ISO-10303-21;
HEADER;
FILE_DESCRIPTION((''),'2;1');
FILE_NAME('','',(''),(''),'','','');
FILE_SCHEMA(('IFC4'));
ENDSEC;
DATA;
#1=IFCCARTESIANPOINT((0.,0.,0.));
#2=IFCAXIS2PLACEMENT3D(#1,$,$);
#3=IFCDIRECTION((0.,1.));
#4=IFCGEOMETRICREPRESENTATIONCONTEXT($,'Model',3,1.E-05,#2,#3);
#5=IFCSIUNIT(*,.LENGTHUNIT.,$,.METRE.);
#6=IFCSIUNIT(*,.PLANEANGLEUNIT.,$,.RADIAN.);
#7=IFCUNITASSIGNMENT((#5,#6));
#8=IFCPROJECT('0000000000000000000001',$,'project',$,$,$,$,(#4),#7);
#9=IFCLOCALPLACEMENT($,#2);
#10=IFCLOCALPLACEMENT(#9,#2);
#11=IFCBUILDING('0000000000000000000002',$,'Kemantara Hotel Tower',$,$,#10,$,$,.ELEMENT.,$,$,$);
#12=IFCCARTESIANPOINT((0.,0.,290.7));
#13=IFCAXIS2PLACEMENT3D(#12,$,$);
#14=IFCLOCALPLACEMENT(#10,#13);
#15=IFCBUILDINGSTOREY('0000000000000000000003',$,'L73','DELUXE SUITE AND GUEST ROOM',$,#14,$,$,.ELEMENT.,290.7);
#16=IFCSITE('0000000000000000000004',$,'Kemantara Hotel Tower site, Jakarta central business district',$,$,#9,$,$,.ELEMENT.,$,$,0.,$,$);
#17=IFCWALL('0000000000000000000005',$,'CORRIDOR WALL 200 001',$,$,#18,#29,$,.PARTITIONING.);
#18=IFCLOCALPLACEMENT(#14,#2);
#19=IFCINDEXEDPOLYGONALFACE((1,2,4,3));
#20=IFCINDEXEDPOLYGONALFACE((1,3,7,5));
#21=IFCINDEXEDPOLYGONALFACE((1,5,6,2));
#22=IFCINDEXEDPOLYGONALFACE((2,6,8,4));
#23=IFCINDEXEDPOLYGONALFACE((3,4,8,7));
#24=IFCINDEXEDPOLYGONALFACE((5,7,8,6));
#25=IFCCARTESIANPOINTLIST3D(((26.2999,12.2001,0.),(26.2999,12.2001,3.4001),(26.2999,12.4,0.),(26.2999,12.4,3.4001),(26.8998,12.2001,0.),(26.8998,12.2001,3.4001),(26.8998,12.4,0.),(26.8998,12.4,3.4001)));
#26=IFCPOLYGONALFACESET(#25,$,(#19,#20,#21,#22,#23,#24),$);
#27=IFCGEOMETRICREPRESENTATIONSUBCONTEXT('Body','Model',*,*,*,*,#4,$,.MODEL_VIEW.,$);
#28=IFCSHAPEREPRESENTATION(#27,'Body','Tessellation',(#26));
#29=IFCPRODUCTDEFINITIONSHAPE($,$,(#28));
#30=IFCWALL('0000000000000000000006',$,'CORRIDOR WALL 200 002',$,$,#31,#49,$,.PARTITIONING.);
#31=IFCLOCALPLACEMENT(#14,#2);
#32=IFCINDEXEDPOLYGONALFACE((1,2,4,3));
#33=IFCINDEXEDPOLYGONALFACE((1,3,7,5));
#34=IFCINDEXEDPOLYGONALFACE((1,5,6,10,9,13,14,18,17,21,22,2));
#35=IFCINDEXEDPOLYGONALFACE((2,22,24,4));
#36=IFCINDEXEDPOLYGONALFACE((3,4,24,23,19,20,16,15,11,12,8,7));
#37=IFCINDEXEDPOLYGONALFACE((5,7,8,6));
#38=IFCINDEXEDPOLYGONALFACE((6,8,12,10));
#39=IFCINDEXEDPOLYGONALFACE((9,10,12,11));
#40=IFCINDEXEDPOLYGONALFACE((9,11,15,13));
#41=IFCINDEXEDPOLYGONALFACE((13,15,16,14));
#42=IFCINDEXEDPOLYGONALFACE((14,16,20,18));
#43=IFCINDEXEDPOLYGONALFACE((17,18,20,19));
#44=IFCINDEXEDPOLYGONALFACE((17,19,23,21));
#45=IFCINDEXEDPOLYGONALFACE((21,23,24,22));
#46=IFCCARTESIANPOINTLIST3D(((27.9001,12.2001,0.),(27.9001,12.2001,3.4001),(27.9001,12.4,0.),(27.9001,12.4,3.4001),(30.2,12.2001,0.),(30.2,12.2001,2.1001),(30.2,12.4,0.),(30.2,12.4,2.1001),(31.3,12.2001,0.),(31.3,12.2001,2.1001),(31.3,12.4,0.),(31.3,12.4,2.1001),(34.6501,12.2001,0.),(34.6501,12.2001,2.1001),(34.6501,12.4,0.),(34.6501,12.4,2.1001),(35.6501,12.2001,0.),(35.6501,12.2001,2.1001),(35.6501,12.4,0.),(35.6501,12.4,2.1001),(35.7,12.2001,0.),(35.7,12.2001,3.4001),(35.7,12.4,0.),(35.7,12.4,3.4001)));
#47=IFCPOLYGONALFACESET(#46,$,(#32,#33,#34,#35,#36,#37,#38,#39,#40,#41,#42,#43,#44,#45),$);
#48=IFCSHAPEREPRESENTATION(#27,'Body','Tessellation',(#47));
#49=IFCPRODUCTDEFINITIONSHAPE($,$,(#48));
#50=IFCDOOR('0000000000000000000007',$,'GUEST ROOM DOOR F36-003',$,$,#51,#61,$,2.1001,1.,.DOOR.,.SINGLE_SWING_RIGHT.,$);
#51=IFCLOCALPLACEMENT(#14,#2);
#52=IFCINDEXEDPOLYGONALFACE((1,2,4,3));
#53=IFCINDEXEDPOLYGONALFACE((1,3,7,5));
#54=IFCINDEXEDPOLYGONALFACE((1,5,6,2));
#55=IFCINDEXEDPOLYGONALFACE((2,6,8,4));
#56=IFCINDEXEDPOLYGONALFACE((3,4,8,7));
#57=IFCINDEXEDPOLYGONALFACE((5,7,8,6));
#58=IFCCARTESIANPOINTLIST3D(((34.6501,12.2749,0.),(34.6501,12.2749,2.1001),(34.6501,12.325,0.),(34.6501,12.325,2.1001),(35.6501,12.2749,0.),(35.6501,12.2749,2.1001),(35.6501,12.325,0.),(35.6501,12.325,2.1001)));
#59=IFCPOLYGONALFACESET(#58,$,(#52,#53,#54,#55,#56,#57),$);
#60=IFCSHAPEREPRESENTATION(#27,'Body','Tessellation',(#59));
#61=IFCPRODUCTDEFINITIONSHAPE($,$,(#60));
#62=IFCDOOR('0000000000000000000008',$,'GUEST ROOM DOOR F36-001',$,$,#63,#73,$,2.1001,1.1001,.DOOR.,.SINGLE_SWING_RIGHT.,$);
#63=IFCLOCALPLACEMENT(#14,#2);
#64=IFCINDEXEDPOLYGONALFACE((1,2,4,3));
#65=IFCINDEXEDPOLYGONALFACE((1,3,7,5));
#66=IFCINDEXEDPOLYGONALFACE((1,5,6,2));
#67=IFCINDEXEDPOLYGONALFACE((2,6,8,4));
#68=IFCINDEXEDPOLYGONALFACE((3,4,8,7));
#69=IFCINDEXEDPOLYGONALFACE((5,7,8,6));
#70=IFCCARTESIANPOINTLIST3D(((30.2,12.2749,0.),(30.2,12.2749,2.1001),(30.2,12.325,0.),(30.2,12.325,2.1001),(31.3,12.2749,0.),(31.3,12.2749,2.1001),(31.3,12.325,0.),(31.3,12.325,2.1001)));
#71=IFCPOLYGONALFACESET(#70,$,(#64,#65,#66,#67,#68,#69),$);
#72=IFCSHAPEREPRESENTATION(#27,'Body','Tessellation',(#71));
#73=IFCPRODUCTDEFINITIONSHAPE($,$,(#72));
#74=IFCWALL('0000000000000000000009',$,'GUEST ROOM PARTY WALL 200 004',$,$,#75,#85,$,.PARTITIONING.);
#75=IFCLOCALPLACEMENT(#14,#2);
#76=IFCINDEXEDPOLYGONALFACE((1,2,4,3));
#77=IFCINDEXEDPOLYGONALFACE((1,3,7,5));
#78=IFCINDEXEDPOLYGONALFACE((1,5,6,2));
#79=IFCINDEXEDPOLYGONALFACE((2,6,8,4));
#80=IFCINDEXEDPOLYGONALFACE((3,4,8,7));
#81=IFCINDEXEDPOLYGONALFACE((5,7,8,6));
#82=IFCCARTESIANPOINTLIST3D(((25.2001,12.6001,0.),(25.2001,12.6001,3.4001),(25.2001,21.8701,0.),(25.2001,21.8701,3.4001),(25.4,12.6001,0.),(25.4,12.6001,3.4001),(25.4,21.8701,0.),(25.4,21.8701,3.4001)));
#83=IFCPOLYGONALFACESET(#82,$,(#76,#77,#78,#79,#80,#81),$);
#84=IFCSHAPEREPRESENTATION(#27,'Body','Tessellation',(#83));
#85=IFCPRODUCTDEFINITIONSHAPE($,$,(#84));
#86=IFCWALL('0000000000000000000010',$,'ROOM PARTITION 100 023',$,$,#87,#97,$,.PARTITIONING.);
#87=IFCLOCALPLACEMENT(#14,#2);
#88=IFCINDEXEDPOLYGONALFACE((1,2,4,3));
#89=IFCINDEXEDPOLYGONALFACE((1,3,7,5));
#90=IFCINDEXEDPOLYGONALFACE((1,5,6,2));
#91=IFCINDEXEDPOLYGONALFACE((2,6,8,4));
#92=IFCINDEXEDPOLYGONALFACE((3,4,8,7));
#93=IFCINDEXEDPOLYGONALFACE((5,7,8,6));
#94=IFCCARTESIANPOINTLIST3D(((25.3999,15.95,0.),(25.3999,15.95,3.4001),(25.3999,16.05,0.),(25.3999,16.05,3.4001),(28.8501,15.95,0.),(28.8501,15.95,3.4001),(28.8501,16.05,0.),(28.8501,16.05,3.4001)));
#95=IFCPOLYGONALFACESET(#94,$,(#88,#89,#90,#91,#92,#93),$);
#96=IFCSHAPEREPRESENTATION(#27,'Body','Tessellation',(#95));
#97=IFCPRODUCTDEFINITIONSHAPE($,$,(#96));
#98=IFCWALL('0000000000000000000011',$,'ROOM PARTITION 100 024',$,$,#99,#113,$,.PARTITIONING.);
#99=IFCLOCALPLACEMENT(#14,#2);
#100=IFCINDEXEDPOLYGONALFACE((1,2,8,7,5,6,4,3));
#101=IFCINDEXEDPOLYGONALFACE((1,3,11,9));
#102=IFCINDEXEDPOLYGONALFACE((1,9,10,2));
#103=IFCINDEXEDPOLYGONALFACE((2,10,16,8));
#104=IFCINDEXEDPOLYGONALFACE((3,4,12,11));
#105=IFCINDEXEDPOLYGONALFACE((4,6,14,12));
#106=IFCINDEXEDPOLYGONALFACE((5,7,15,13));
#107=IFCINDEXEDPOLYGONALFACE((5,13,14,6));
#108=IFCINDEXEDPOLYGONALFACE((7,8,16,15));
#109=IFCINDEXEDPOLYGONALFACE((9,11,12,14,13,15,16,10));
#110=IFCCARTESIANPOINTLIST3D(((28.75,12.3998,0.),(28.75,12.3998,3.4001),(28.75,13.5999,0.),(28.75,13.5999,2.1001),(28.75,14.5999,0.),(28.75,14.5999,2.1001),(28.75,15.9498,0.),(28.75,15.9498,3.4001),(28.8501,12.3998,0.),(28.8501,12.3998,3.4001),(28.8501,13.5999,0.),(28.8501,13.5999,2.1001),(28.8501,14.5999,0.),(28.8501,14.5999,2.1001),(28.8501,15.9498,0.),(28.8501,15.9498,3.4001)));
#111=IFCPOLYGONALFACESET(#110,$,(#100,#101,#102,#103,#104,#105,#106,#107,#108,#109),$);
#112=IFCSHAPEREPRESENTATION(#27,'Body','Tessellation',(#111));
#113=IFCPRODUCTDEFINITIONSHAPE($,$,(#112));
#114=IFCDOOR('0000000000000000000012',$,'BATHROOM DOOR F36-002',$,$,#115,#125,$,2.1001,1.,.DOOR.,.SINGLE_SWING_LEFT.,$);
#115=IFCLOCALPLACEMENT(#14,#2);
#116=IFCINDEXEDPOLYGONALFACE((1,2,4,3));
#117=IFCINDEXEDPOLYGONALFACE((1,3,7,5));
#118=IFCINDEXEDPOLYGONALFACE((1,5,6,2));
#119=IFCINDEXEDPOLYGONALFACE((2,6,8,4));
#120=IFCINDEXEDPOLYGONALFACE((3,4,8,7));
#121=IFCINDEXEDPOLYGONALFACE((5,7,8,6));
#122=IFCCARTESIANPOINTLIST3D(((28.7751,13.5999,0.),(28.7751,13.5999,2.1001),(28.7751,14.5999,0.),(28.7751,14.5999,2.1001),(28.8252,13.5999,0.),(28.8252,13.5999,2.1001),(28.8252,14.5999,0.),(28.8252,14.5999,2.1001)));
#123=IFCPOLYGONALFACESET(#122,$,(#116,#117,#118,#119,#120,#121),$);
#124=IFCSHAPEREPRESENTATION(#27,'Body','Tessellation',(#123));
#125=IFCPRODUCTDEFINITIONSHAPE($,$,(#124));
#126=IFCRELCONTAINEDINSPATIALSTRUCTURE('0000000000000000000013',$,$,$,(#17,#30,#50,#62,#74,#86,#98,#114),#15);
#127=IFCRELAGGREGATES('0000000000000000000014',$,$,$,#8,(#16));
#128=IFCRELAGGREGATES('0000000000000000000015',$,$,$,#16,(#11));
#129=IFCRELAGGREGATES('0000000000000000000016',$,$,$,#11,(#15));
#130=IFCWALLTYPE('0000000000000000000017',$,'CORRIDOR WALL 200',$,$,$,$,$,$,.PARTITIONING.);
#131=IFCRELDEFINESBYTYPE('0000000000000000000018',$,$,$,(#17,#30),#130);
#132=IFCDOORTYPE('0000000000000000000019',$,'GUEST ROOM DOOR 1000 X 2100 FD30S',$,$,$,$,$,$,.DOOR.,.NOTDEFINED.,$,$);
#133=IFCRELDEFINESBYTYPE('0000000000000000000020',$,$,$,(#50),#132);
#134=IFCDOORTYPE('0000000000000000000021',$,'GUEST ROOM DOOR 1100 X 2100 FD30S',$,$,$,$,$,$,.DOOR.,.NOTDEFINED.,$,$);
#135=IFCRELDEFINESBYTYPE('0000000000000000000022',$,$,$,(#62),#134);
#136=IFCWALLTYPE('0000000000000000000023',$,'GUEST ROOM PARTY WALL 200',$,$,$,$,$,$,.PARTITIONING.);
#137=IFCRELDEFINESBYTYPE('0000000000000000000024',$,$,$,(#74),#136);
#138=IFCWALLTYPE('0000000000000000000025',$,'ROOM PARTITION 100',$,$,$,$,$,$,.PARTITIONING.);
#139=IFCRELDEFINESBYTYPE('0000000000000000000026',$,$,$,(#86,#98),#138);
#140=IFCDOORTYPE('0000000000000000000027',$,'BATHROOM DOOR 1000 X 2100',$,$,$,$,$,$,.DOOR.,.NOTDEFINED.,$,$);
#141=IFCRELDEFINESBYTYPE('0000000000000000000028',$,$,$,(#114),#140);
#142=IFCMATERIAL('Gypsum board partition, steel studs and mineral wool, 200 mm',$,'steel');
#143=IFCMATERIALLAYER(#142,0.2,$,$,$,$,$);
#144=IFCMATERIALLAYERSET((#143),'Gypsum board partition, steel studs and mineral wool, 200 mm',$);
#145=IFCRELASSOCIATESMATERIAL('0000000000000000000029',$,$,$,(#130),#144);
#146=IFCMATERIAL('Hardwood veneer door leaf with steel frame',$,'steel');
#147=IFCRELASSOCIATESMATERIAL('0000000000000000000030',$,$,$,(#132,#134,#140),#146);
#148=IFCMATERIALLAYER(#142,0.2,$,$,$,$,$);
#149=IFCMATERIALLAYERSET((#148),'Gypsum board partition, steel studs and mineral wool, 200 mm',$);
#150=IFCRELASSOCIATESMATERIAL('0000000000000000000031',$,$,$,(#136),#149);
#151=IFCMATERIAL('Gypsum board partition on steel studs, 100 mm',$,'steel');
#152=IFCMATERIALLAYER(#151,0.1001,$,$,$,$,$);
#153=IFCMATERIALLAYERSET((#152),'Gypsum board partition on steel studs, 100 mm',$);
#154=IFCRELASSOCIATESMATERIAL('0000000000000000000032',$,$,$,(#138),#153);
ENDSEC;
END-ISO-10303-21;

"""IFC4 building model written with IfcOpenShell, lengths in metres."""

from ifc_helpers import new_model, si_unit, direction, frame, frame_2d, origin, place, context, subcontext, project, spatial, rectangle, extrude, material, layer, layer_set, type_object, element, fill, save


model = new_model("IFC4")

# Units and contexts
model_context = context("Model", 3, precision=1e-05, world=origin(), true_north=direction((0.0, 1.0)))
body_context = subcontext(model_context, "Body", "Model", "MODEL_VIEW")
ifc_project = project(units=[si_unit("LENGTHUNIT", "METRE"), si_unit("PLANEANGLEUNIT", "RADIAN")], contexts=[model_context])

# Site, building, storey
site_placement = place(None, origin())
site = spatial("IfcSite", under=ifc_project, at=site_placement, Name="Kemantara Hotel Tower site, Jakarta central business district", CompositionType="ELEMENT", RefElevation=0.0)
building_placement = place(site_placement, origin())
building = spatial("IfcBuilding", under=site, at=building_placement, Name="Kemantara Hotel Tower", CompositionType="ELEMENT")
storey_placement = place(building_placement, frame((0.0, 0.0, 290.7)))
storey = spatial("IfcBuildingStorey", under=building, at=storey_placement, Name="L73", Description="DELUXE SUITE AND GUEST ROOM", CompositionType="ELEMENT", Elevation=290.7)

# Wall
ifc_material_1 = material(Name="Gypsum board partition, steel studs and mineral wool, 200 mm", Category="steel")
ifc_layer_1 = layer(ifc_material_1, 0.2)
ifc_layer_set_1 = layer_set([ifc_layer_1], Name="Gypsum board partition, steel studs and mineral wool, 200 mm")
wall_type_1 = type_object("IfcWallType", Name="CORRIDOR WALL 200", PredefinedType="PARTITIONING", material=ifc_layer_set_1)
wall_1_placement = place(storey_placement, frame((26.3, 12.3, 0.0), z_axis=(0.0, 0.0, 1.0), x_axis=(1.0, 0.0, 0.0)))
element("IfcWall", 1, at=wall_1_placement, inside=storey, type_object=wall_type_1, Name="CORRIDOR WALL 200 001", PredefinedType="PARTITIONING", context=body_context, shape_type="SweptSolid", body=[
    extrude(rectangle(XDim=0.5999, YDim=0.2, at=frame_2d((0.2998, 0.0))), origin(), (0.0, 0.0, 1.0), 3.4001),
])

# Wall, openings, doors
wall_2_placement = place(storey_placement, frame((27.9001, 12.3, 0.0), z_axis=(0.0, 0.0, 1.0), x_axis=(1.0, 0.0, 0.0)))
wall_2 = element("IfcWall", 2, at=wall_2_placement, inside=storey, type_object=wall_type_1, Name="CORRIDOR WALL 200 002", PredefinedType="PARTITIONING", context=body_context, shape_type="SweptSolid", body=[
    extrude(rectangle(XDim=7.7998, YDim=0.2, at=frame_2d((3.8999, 0.0))), origin(), (0.0, 0.0, 1.0), 3.4001),
])
opening_1_placement = place(wall_2_placement, frame((2.2998, 0.0, 0.0)))
opening_1 = element("IfcOpeningElement", 3, at=opening_1_placement, cuts=wall_2, PredefinedType="OPENING", context=body_context, shape_type="SweptSolid", body=[
    extrude(rectangle(XDim=1.1001, YDim=2.1001, at=frame_2d((0.55, 1.05))), frame((0.0, 0.1099, 0.0), z_axis=(0.0, -1.0, 0.0), x_axis=(1.0, 0.0, 0.0)), (0.0, 0.0, 1.0), 0.22),
])
opening_2_placement = place(wall_2_placement, frame((6.75, 0.0, 0.0)))
opening_2 = element("IfcOpeningElement", 4, at=opening_2_placement, cuts=wall_2, PredefinedType="OPENING", context=body_context, shape_type="SweptSolid", body=[
    extrude(rectangle(XDim=1.0, YDim=2.1001, at=frame_2d((0.5, 1.05))), frame((0.0, 0.1099, 0.0), z_axis=(0.0, -1.0, 0.0), x_axis=(1.0, 0.0, 0.0)), (0.0, 0.0, 1.0), 0.22),
])
ifc_material_2 = material(Name="Hardwood veneer door leaf with steel frame", Category="steel")
door_type_1 = type_object("IfcDoorType", Name="GUEST ROOM DOOR 1000 X 2100 FD30S", OperationType="NOTDEFINED", PredefinedType="DOOR", material=ifc_material_2)
door_1_placement = place(opening_2_placement, origin())
door_1 = element("IfcDoor", 5, at=door_1_placement, inside=storey, type_object=door_type_1, Name="GUEST ROOM DOOR F36-003", OperationType="SINGLE_SWING_RIGHT", OverallHeight=2.1001, OverallWidth=1.0, PredefinedType="DOOR", context=body_context, shape_type="SweptSolid", body=[
    extrude(rectangle(XDim=1.0, YDim=2.1001, at=frame_2d((0.5, 1.05))), frame((0.0, 0.0249, 0.0), z_axis=(0.0, -1.0, 0.0), x_axis=(1.0, 0.0, 0.0)), (0.0, 0.0, 1.0), 0.05),
])
fill(opening_2, door_1)
door_type_2 = type_object("IfcDoorType", Name="GUEST ROOM DOOR 1100 X 2100 FD30S", OperationType="NOTDEFINED", PredefinedType="DOOR", material=ifc_material_2)
door_2_placement = place(opening_1_placement, origin())
door_2 = element("IfcDoor", 6, at=door_2_placement, inside=storey, type_object=door_type_2, Name="GUEST ROOM DOOR F36-001", OperationType="SINGLE_SWING_RIGHT", OverallHeight=2.1001, OverallWidth=1.1001, PredefinedType="DOOR", context=body_context, shape_type="SweptSolid", body=[
    extrude(rectangle(XDim=1.1001, YDim=2.1001, at=frame_2d((0.55, 1.05))), frame((0.0, 0.0249, 0.0), z_axis=(0.0, -1.0, 0.0), x_axis=(1.0, 0.0, 0.0)), (0.0, 0.0, 1.0), 0.05),
])
fill(opening_1, door_2)

# Walls
ifc_layer_2 = layer(ifc_material_1, 0.2)
ifc_layer_set_2 = layer_set([ifc_layer_2], Name="Gypsum board partition, steel studs and mineral wool, 200 mm")
wall_type_2 = type_object("IfcWallType", Name="GUEST ROOM PARTY WALL 200", PredefinedType="PARTITIONING", material=ifc_layer_set_2)
wall_3_placement = place(storey_placement, frame((25.3, 12.6001, 0.0), z_axis=(0.0, 0.0, 1.0), x_axis=(0.0, 1.0, 0.0)))
element("IfcWall", 7, at=wall_3_placement, inside=storey, type_object=wall_type_2, Name="GUEST ROOM PARTY WALL 200 004", PredefinedType="PARTITIONING", context=body_context, shape_type="SweptSolid", body=[
    extrude(rectangle(XDim=9.27, YDim=0.2, at=frame_2d((4.635, 0.0))), origin(), (0.0, 0.0, 1.0), 3.4001),
])
ifc_material_3 = material(Name="Gypsum board partition on steel studs, 100 mm", Category="steel")
ifc_layer_3 = layer(ifc_material_3, 0.1001)
ifc_layer_set_3 = layer_set([ifc_layer_3], Name="Gypsum board partition on steel studs, 100 mm")
wall_type_3 = type_object("IfcWallType", Name="ROOM PARTITION 100", PredefinedType="PARTITIONING", material=ifc_layer_set_3)
wall_4_placement = place(storey_placement, frame((25.3999, 16.0, 0.0), z_axis=(0.0, 0.0, 1.0), x_axis=(1.0, 0.0, 0.0)))
element("IfcWall", 8, at=wall_4_placement, inside=storey, type_object=wall_type_3, Name="ROOM PARTITION 100 023", PredefinedType="PARTITIONING", context=body_context, shape_type="SweptSolid", body=[
    extrude(rectangle(XDim=3.4502, YDim=0.1001, at=frame_2d((1.7251, 0.0))), origin(), (0.0, 0.0, 1.0), 3.4001),
])

# Wall, opening, door
wall_5_placement = place(storey_placement, frame((28.8, 12.3999, 0.0), z_axis=(0.0, 0.0, 1.0), x_axis=(0.0, 1.0, 0.0)))
wall_5 = element("IfcWall", 9, at=wall_5_placement, inside=storey, type_object=wall_type_3, Name="ROOM PARTITION 100 024", PredefinedType="PARTITIONING", context=body_context, shape_type="SweptSolid", body=[
    extrude(rectangle(XDim=3.55, YDim=0.1001, at=frame_2d((1.7749, 0.0))), origin(), (0.0, 0.0, 1.0), 3.4001),
])
opening_3_placement = place(wall_5_placement, frame((1.2, 0.0, 0.0)))
opening_3 = element("IfcOpeningElement", 10, at=opening_3_placement, cuts=wall_5, PredefinedType="OPENING", context=body_context, shape_type="SweptSolid", body=[
    extrude(rectangle(XDim=1.0, YDim=2.1001, at=frame_2d((0.5, 1.05))), frame((0.0, 0.0601, 0.0), z_axis=(0.0, -1.0, 0.0), x_axis=(1.0, 0.0, 0.0)), (0.0, 0.0, 1.0), 0.1201),
])
door_type_3 = type_object("IfcDoorType", Name="BATHROOM DOOR 1000 X 2100", OperationType="NOTDEFINED", PredefinedType="DOOR", material=ifc_material_2)
door_3_placement = place(opening_3_placement, origin())
door_3 = element("IfcDoor", 11, at=door_3_placement, inside=storey, type_object=door_type_3, Name="BATHROOM DOOR F36-002", OperationType="SINGLE_SWING_LEFT", OverallHeight=2.1001, OverallWidth=1.0, PredefinedType="DOOR", context=body_context, shape_type="SweptSolid", body=[
    extrude(rectangle(XDim=1.0, YDim=2.1001, at=frame_2d((0.5, 1.05))), frame((0.0, 0.0249, 0.0), z_axis=(0.0, -1.0, 0.0), x_axis=(1.0, 0.0, 0.0)), (0.0, 0.0, 1.0), 0.05),
])
fill(opening_3, door_3)

save(model, "model.ifc")
